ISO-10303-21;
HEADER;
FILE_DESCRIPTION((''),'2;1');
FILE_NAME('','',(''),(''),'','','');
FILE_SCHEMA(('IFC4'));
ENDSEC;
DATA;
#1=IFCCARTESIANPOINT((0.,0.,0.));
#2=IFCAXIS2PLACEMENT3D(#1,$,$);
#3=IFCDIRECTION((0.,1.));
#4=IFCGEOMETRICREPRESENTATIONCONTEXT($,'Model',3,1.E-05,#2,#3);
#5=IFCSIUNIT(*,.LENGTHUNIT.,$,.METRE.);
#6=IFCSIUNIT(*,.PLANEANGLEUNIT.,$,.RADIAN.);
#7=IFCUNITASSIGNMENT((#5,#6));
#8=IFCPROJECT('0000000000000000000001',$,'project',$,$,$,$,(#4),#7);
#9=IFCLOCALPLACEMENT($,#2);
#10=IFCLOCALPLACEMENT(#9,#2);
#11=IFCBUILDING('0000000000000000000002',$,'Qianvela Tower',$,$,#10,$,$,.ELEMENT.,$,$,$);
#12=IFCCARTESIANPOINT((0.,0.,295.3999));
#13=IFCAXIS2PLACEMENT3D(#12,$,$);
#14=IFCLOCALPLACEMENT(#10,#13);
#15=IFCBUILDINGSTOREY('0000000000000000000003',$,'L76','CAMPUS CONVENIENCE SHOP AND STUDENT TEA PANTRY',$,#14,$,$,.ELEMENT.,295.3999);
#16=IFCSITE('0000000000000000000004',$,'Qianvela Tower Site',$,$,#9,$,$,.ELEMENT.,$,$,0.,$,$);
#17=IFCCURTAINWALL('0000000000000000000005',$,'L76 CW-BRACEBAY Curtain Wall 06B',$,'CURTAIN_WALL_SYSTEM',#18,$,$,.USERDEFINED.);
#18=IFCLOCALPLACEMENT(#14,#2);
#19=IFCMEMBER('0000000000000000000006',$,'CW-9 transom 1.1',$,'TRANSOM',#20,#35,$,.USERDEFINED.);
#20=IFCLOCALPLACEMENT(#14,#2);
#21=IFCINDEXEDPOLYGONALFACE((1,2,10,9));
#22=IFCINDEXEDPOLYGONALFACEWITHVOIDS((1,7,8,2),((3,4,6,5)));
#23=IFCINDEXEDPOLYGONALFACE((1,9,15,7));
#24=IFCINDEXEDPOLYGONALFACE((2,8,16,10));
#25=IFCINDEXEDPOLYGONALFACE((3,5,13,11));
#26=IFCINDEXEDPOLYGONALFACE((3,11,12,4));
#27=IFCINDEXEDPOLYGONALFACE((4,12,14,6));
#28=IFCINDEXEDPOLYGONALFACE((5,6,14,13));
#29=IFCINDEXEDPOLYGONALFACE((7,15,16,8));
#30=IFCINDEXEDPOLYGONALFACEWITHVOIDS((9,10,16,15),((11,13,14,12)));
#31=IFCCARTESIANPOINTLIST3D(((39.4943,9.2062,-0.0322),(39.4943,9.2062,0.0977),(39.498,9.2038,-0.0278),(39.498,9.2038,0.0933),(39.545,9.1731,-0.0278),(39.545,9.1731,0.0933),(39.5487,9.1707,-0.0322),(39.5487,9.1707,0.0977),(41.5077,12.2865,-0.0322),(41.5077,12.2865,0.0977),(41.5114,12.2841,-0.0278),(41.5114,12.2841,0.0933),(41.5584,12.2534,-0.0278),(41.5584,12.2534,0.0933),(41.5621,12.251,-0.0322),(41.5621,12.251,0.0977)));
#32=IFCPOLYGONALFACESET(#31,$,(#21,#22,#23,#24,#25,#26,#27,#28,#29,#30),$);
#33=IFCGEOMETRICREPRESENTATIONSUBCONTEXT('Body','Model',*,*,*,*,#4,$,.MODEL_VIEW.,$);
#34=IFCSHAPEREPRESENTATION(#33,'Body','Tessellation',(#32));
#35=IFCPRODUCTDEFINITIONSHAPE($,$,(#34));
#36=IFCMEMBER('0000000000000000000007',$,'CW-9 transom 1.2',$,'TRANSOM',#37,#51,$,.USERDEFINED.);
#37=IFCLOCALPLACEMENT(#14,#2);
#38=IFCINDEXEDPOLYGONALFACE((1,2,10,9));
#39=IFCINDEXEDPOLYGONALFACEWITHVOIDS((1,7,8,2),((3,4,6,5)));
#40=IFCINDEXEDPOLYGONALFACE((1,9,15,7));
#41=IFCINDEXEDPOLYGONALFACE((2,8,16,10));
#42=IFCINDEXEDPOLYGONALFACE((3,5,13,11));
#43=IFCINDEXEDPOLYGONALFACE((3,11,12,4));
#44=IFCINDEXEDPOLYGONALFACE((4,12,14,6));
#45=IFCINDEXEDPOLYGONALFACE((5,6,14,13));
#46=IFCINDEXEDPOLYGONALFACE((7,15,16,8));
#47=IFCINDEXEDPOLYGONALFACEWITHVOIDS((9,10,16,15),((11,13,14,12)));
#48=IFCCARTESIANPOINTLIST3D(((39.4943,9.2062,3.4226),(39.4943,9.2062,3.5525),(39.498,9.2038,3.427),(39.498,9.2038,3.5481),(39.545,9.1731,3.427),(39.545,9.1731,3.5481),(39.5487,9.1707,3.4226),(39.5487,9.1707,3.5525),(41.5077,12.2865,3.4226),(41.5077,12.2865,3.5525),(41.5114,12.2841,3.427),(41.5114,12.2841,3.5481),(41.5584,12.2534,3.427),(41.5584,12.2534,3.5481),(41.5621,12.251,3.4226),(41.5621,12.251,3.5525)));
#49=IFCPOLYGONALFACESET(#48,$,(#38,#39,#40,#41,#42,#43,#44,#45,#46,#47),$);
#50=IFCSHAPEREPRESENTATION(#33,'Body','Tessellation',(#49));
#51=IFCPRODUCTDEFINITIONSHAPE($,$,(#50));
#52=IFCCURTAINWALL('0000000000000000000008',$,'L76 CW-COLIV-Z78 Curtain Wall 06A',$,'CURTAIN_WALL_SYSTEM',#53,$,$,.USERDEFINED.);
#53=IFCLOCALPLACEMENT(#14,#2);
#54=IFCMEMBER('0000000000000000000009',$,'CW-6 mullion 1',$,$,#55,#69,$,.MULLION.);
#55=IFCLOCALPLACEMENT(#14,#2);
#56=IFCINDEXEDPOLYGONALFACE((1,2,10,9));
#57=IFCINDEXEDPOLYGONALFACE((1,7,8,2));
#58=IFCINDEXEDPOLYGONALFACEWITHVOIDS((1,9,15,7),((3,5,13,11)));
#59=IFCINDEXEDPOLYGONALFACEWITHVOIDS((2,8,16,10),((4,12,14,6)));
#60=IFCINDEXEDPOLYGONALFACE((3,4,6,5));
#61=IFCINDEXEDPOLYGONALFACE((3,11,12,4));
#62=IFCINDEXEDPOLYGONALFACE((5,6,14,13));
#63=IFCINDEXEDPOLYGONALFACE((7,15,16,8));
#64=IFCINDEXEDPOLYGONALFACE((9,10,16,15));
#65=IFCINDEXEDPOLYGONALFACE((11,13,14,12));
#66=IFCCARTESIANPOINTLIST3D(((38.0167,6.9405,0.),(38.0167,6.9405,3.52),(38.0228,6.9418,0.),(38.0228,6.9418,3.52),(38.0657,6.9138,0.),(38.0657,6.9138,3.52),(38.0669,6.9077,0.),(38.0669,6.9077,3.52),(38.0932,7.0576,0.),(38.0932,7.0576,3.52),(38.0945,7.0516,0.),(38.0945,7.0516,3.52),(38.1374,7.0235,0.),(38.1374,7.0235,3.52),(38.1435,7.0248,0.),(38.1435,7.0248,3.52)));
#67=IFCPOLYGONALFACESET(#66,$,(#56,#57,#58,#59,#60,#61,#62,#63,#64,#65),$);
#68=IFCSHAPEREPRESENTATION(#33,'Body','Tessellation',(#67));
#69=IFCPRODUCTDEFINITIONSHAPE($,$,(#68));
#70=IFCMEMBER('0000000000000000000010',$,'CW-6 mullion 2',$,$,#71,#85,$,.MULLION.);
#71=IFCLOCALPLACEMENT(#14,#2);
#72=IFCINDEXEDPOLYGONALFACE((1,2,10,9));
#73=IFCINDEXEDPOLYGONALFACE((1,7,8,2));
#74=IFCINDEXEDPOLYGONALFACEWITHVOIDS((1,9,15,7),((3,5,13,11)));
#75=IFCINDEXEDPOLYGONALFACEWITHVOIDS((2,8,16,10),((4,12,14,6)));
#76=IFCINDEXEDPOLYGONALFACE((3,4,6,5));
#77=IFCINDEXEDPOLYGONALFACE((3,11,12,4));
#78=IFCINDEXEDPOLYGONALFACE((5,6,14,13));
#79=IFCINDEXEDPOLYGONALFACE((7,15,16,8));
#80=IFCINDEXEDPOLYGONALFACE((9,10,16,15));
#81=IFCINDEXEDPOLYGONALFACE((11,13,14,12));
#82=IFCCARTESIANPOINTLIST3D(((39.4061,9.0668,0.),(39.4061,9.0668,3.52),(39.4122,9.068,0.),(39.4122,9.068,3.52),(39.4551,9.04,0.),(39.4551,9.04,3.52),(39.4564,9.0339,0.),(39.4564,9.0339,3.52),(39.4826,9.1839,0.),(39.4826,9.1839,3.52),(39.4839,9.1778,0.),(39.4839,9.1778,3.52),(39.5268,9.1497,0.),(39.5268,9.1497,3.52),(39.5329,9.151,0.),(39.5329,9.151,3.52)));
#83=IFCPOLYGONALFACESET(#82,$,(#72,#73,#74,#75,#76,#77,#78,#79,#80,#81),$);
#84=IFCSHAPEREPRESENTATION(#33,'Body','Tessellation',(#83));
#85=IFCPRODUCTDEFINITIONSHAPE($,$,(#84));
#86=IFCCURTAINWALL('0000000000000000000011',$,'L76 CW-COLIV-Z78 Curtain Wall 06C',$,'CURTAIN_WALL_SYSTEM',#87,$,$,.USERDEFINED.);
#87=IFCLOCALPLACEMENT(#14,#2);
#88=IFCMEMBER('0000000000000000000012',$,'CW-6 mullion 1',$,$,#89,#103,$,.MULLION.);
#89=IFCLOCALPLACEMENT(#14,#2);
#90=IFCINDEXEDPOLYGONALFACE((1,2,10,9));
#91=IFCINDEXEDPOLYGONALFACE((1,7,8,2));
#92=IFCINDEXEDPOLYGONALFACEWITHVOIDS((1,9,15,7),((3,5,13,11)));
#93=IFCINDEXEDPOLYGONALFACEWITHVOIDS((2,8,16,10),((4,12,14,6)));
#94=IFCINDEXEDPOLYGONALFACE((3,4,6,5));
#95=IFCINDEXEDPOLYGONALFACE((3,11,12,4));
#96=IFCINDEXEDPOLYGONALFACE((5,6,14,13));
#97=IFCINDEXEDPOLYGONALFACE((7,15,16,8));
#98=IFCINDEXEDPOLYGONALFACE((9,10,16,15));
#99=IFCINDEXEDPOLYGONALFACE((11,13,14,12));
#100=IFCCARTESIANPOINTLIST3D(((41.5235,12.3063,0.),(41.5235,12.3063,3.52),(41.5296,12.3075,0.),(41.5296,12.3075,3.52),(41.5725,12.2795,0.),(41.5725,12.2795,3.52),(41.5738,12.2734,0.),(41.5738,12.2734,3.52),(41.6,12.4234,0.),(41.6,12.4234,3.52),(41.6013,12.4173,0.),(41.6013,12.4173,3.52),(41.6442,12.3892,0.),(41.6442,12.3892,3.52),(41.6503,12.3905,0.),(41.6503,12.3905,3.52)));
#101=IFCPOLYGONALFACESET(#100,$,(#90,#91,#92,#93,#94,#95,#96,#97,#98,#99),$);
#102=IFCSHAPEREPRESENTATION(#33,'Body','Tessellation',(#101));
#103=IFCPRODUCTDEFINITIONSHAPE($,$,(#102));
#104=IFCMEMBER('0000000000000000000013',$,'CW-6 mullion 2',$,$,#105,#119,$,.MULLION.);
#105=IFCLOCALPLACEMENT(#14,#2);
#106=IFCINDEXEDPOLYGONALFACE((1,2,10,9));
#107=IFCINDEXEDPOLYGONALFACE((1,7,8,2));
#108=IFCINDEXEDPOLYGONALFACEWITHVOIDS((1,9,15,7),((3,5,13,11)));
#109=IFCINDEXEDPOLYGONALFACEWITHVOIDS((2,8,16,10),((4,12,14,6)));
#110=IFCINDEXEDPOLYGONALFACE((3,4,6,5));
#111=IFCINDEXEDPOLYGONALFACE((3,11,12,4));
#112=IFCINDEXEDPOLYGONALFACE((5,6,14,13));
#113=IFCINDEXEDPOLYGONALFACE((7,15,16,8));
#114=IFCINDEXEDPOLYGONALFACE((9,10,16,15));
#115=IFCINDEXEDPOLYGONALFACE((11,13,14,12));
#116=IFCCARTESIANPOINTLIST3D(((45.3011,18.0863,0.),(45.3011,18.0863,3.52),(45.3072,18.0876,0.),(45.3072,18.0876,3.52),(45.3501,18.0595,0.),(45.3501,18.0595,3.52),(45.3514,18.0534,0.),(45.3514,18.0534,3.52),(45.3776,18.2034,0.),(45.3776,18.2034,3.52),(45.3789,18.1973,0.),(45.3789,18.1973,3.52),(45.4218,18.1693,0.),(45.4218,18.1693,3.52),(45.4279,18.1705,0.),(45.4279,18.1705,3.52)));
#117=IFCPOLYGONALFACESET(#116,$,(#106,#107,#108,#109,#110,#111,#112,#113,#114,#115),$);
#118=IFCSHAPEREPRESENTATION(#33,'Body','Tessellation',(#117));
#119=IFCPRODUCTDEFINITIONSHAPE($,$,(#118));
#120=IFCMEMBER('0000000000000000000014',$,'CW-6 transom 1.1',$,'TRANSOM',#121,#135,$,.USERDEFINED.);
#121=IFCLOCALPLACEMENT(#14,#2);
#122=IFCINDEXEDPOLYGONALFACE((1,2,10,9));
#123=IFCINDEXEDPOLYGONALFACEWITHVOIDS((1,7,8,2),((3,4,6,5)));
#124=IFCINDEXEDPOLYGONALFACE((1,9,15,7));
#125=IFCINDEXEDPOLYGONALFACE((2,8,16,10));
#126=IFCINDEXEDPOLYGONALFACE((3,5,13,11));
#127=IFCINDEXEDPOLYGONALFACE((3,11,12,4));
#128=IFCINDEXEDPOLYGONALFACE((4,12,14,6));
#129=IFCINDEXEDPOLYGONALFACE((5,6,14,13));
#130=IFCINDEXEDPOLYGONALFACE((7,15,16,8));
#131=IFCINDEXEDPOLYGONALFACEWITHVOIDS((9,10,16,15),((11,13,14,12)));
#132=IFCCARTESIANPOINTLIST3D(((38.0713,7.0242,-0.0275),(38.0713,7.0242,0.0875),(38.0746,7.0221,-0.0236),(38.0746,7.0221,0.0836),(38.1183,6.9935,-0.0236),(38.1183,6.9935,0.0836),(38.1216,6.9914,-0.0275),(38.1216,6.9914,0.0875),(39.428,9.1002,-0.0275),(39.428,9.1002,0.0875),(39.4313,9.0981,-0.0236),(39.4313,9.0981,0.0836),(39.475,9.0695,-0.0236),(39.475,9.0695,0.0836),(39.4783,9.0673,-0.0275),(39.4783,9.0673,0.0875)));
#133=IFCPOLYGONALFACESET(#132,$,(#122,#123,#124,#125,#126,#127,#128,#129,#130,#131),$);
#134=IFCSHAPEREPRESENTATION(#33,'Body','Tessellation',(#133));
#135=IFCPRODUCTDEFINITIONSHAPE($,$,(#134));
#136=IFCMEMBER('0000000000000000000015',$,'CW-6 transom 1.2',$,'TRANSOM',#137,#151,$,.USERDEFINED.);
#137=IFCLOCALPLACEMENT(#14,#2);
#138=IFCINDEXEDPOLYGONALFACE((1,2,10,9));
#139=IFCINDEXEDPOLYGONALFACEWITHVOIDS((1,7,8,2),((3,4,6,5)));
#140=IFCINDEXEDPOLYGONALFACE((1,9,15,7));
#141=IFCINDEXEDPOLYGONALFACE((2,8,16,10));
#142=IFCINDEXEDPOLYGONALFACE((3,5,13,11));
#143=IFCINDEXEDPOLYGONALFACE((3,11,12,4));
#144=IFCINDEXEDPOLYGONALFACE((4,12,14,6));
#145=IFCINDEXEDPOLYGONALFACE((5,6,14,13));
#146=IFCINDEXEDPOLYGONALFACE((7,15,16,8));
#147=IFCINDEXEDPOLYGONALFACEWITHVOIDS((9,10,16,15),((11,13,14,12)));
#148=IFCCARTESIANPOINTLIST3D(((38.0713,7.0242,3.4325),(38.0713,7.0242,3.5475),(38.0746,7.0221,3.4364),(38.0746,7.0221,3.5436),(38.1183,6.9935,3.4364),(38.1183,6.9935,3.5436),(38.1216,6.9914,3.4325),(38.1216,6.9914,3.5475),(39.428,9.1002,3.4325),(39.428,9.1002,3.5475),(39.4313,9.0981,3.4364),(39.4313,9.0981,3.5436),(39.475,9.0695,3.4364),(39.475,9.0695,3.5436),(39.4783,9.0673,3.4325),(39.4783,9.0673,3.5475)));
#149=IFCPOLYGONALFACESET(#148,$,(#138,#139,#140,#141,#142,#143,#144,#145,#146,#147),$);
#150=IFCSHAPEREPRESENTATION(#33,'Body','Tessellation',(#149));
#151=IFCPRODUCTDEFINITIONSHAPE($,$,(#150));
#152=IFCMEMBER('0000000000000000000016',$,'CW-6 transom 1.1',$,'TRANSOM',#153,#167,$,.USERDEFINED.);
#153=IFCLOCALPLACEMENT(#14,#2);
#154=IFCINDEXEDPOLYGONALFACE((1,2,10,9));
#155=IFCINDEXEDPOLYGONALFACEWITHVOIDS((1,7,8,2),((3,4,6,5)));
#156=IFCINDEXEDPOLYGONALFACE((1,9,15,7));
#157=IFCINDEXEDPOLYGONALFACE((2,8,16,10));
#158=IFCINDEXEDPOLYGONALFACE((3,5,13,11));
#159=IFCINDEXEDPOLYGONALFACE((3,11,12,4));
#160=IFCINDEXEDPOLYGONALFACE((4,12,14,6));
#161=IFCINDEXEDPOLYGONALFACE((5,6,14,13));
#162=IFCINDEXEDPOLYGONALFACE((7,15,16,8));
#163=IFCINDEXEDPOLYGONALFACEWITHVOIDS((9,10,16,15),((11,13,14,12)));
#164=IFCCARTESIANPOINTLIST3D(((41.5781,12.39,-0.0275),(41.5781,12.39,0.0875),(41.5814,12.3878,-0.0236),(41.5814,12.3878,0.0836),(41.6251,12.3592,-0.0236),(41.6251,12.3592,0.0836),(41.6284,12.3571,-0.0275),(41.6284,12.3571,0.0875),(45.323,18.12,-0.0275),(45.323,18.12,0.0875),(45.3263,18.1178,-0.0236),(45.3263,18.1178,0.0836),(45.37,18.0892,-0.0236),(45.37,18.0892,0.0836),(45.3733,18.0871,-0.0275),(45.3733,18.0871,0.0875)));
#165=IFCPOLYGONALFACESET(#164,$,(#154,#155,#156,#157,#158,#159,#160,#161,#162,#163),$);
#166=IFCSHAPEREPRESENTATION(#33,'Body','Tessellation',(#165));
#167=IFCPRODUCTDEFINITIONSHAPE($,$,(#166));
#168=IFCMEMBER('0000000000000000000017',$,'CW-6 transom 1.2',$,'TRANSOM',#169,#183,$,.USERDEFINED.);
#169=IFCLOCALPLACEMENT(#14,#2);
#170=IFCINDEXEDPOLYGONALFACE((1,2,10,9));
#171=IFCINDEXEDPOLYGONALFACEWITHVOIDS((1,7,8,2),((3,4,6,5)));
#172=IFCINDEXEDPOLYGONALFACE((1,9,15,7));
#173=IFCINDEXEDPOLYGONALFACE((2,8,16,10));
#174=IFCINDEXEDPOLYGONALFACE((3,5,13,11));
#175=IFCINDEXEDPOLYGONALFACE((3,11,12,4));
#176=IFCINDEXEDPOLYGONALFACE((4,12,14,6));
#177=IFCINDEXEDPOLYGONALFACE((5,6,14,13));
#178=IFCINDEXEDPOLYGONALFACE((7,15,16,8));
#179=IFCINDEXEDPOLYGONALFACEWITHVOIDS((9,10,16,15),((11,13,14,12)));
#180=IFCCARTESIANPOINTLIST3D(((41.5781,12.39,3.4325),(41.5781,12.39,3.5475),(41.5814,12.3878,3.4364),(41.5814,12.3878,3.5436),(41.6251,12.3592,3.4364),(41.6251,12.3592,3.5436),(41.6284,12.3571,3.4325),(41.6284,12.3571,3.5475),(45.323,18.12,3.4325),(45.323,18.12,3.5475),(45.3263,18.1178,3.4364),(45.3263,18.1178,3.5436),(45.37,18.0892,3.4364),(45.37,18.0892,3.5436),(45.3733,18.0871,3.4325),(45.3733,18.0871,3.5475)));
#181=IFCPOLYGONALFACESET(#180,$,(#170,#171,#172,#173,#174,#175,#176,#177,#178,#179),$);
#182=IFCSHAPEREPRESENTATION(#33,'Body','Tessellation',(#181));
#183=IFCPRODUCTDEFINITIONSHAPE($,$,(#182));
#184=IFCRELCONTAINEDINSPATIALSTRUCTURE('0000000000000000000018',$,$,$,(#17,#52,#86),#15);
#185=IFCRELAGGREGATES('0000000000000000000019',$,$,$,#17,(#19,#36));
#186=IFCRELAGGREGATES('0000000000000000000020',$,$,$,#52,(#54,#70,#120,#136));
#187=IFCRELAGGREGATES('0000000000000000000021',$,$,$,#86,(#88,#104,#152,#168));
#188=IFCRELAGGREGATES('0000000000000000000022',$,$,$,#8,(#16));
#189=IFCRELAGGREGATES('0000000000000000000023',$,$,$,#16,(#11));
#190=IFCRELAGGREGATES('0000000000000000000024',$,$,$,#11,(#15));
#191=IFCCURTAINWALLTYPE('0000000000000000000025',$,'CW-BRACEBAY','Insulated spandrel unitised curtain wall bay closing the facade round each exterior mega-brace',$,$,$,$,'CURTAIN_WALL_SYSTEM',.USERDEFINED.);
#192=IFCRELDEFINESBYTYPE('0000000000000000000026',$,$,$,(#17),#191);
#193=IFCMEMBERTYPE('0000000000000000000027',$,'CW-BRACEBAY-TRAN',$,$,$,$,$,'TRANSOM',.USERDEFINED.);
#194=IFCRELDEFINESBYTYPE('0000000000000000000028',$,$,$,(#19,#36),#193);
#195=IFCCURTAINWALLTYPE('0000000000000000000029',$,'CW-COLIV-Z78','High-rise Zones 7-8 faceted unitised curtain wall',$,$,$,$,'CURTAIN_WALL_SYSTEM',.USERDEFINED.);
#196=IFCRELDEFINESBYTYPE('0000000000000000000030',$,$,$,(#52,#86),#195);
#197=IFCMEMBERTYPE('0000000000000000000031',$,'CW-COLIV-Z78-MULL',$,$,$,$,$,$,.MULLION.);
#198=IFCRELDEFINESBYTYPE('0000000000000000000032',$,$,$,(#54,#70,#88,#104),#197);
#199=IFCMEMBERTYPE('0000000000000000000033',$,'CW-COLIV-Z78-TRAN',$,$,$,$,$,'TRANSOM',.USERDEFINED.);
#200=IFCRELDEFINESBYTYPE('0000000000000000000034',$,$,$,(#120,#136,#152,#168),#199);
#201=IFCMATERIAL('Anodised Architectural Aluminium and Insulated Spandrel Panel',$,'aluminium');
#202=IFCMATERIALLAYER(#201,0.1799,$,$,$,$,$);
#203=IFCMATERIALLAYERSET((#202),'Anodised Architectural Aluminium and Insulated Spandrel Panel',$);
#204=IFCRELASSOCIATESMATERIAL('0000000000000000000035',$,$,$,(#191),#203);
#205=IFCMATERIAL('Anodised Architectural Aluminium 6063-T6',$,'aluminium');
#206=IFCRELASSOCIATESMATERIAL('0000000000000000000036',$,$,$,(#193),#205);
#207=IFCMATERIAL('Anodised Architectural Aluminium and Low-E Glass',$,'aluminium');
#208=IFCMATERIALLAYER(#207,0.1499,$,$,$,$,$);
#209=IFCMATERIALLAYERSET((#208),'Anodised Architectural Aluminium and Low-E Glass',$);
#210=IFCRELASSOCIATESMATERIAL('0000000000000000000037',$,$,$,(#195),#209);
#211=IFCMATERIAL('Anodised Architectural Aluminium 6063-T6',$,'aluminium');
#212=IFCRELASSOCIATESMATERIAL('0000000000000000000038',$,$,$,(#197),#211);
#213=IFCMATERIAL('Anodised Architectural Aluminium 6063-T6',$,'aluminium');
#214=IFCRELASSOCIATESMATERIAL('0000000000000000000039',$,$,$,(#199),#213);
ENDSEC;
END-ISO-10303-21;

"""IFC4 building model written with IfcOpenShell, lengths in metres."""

from ifc_helpers import new_model, si_unit, direction, frame, origin, origin_2d, place, context, subcontext, project, spatial, hollow_rectangle, extrude, material, layer, layer_set, material_profile, profile_set, type_object, element, aggregate, save


model = new_model("IFC4")

# Units and contexts
model_context = context("Model", 3, precision=1e-05, world=origin(), true_north=direction((0.0, 1.0)))
body_context = subcontext(model_context, "Body", "Model", "MODEL_VIEW")
ifc_project = project(units=[si_unit("LENGTHUNIT", "METRE"), si_unit("PLANEANGLEUNIT", "RADIAN")], contexts=[model_context])

# Site, building, storey
site_placement = place(None, origin())
site = spatial("IfcSite", under=ifc_project, at=site_placement, Name="Qianvela Tower Site", CompositionType="ELEMENT", RefElevation=0.0)
building_placement = place(site_placement, origin())
building = spatial("IfcBuilding", under=site, at=building_placement, Name="Qianvela Tower", CompositionType="ELEMENT")
storey_placement = place(building_placement, frame((0.0, 0.0, 295.3999)))
storey = spatial("IfcBuildingStorey", under=building, at=storey_placement, Name="L76", Description="CAMPUS CONVENIENCE SHOP AND STUDENT TEA PANTRY", CompositionType="ELEMENT", Elevation=295.3999)

# Curtain walls, members
ifc_material_1 = material(Name="Anodised Architectural Aluminium and Insulated Spandrel Panel", Category="aluminium")
ifc_layer_1 = layer(ifc_material_1, 0.1799)
ifc_layer_set_1 = layer_set([ifc_layer_1], Name="Anodised Architectural Aluminium and Insulated Spandrel Panel")
curtain_wall_type_1 = type_object("IfcCurtainWallType", Name="CW-BRACEBAY", Description="Insulated spandrel unitised curtain wall bay closing the facade round each exterior mega-brace", ElementType="CURTAIN_WALL_SYSTEM", PredefinedType="USERDEFINED", material=ifc_layer_set_1)
curtain_wall_1_placement = place(storey_placement, origin())
curtain_wall_1 = element("IfcCurtainWall", 1, at=curtain_wall_1_placement, inside=storey, type_object=curtain_wall_type_1, Name="L76 CW-BRACEBAY Curtain Wall 06B", ObjectType="CURTAIN_WALL_SYSTEM", PredefinedType="USERDEFINED")
ifc_material_2 = material(Name="Anodised Architectural Aluminium 6063-T6", Category="aluminium")
ifc_material_profile_1 = material_profile(ifc_material_2, hollow_rectangle(XDim=0.0649, YDim=0.1299, WallThickness=0.0044, at=origin_2d()), Name="ALU-TRAN-65x130")
ifc_profile_set_1 = profile_set([ifc_material_profile_1], Name="Anodised Architectural Aluminium 6063-T6")
member_type_1 = type_object("IfcMemberType", Name="CW-BRACEBAY-TRAN", ElementType="TRANSOM", PredefinedType="USERDEFINED", material=ifc_profile_set_1)
member_1_placement = place(storey_placement, frame((39.5215, 9.1885, 0.0327), z_axis=(0.54713, 0.837048, 0.0), x_axis=(-0.837048, 0.54713, 0.0)))
member_1 = element("IfcMember", 2, at=member_1_placement, type_object=member_type_1, Name="CW-9 transom 1.1", ObjectType="TRANSOM", PredefinedType="USERDEFINED", context=body_context, shape_type="SweptSolid", body=[
    extrude(hollow_rectangle(XDim=0.0649, YDim=0.1299, WallThickness=0.0044, at=origin_2d()), origin(), (0.0, 0.0, 1.0), 3.6799),
])
member_2_placement = place(storey_placement, frame((39.5215, 9.1885, 3.4875), z_axis=(0.54713, 0.837048, 0.0), x_axis=(-0.837048, 0.54713, 0.0)))
member_2 = element("IfcMember", 3, at=member_2_placement, type_object=member_type_1, Name="CW-9 transom 1.2", ObjectType="TRANSOM", PredefinedType="USERDEFINED", context=body_context, shape_type="SweptSolid", body=[
    extrude(hollow_rectangle(XDim=0.0649, YDim=0.1299, WallThickness=0.0044, at=origin_2d()), origin(), (0.0, 0.0, 1.0), 3.6799),
])
ifc_material_3 = material(Name="Anodised Architectural Aluminium and Low-E Glass", Category="aluminium")
ifc_layer_2 = layer(ifc_material_3, 0.1499)
ifc_layer_set_2 = layer_set([ifc_layer_2], Name="Anodised Architectural Aluminium and Low-E Glass")
curtain_wall_type_2 = type_object("IfcCurtainWallType", Name="CW-COLIV-Z78", Description="High-rise Zones 7-8 faceted unitised curtain wall", ElementType="CURTAIN_WALL_SYSTEM", PredefinedType="USERDEFINED", material=ifc_layer_set_2)
curtain_wall_2_placement = place(storey_placement, origin())
curtain_wall_2 = element("IfcCurtainWall", 4, at=curtain_wall_2_placement, inside=storey, type_object=curtain_wall_type_2, Name="L76 CW-COLIV-Z78 Curtain Wall 06A", ObjectType="CURTAIN_WALL_SYSTEM", PredefinedType="USERDEFINED")
ifc_material_4 = material(Name="Anodised Architectural Aluminium 6063-T6", Category="aluminium")
ifc_material_profile_2 = material_profile(ifc_material_4, hollow_rectangle(XDim=0.0601, YDim=0.1399, WallThickness=0.0044, at=origin_2d()), Name="ALU-MULL-60x140")
ifc_profile_set_2 = profile_set([ifc_material_profile_2], Name="Anodised Architectural Aluminium 6063-T6")
member_type_2 = type_object("IfcMemberType", Name="CW-COLIV-Z78-MULL", PredefinedType="MULLION", material=ifc_profile_set_2)
member_3_placement = place(storey_placement, frame((38.0801, 6.9827, 0.0), z_axis=(0.0, 0.0, 1.0), x_axis=(-0.837081, 0.547079, 0.0)))
member_3 = element("IfcMember", 5, at=member_3_placement, type_object=member_type_2, Name="CW-6 mullion 1", PredefinedType="MULLION", context=body_context, shape_type="SweptSolid", body=[
    extrude(hollow_rectangle(XDim=0.0601, YDim=0.1399, WallThickness=0.0044, at=origin_2d()), origin(), (0.0, 0.0, 1.0), 3.52),
])
member_4_placement = place(storey_placement, frame((39.4695, 9.1089, 0.0), z_axis=(0.0, 0.0, 1.0), x_axis=(-0.837081, 0.547079, 0.0)))
member_4 = element("IfcMember", 6, at=member_4_placement, type_object=member_type_2, Name="CW-6 mullion 2", PredefinedType="MULLION", context=body_context, shape_type="SweptSolid", body=[
    extrude(hollow_rectangle(XDim=0.0601, YDim=0.1399, WallThickness=0.0044, at=origin_2d()), origin(), (0.0, 0.0, 1.0), 3.52),
])
curtain_wall_3_placement = place(storey_placement, origin())
curtain_wall_3 = element("IfcCurtainWall", 7, at=curtain_wall_3_placement, inside=storey, type_object=curtain_wall_type_2, Name="L76 CW-COLIV-Z78 Curtain Wall 06C", ObjectType="CURTAIN_WALL_SYSTEM", PredefinedType="USERDEFINED")
member_5_placement = place(storey_placement, frame((41.5869, 12.3484, 0.0), z_axis=(0.0, 0.0, 1.0), x_axis=(-0.83708, 0.547081, 0.0)))
member_5 = element("IfcMember", 8, at=member_5_placement, type_object=member_type_2, Name="CW-6 mullion 1", PredefinedType="MULLION", context=body_context, shape_type="SweptSolid", body=[
    extrude(hollow_rectangle(XDim=0.0601, YDim=0.1399, WallThickness=0.0044, at=origin_2d()), origin(), (0.0, 0.0, 1.0), 3.52),
])
member_6_placement = place(storey_placement, frame((45.3645, 18.1284, 0.0), z_axis=(0.0, 0.0, 1.0), x_axis=(-0.83708, 0.547081, 0.0)))
member_6 = element("IfcMember", 9, at=member_6_placement, type_object=member_type_2, Name="CW-6 mullion 2", PredefinedType="MULLION", context=body_context, shape_type="SweptSolid", body=[
    extrude(hollow_rectangle(XDim=0.0601, YDim=0.1399, WallThickness=0.0044, at=origin_2d()), origin(), (0.0, 0.0, 1.0), 3.52),
])

# Members
ifc_material_5 = material(Name="Anodised Architectural Aluminium 6063-T6", Category="aluminium")
ifc_material_profile_3 = material_profile(ifc_material_5, hollow_rectangle(XDim=0.0601, YDim=0.115, WallThickness=0.0039, at=origin_2d()), Name="ALU-TRAN-60x115")
ifc_profile_set_3 = profile_set([ifc_material_profile_3], Name="Anodised Architectural Aluminium 6063-T6")
member_type_3 = type_object("IfcMemberType", Name="CW-COLIV-Z78-TRAN", ElementType="TRANSOM", PredefinedType="USERDEFINED", material=ifc_profile_set_3)
member_7_placement = place(storey_placement, frame((38.0964, 7.0078, 0.03), z_axis=(0.547066, 0.837089, 0.0), x_axis=(-0.837089, 0.547066, 0.0)))
member_7 = element("IfcMember", 10, at=member_7_placement, type_object=member_type_3, Name="CW-6 transom 1.1", ObjectType="TRANSOM", PredefinedType="USERDEFINED", context=body_context, shape_type="SweptSolid", body=[
    extrude(hollow_rectangle(XDim=0.0601, YDim=0.115, WallThickness=0.0039, at=origin_2d()), origin(), (0.0, 0.0, 1.0), 2.48),
])
member_8_placement = place(storey_placement, frame((38.0964, 7.0078, 3.49), z_axis=(0.547066, 0.837089, 0.0), x_axis=(-0.837089, 0.547066, 0.0)))
member_8 = element("IfcMember", 11, at=member_8_placement, type_object=member_type_3, Name="CW-6 transom 1.2", ObjectType="TRANSOM", PredefinedType="USERDEFINED", context=body_context, shape_type="SweptSolid", body=[
    extrude(hollow_rectangle(XDim=0.0601, YDim=0.115, WallThickness=0.0039, at=origin_2d()), origin(), (0.0, 0.0, 1.0), 2.48),
])
member_9_placement = place(storey_placement, frame((41.6033, 12.3735, 0.03), z_axis=(0.54708, 0.83708, 0.0), x_axis=(-0.83708, 0.54708, 0.0)))
member_9 = element("IfcMember", 12, at=member_9_placement, type_object=member_type_3, Name="CW-6 transom 1.1", ObjectType="TRANSOM", PredefinedType="USERDEFINED", context=body_context, shape_type="SweptSolid", body=[
    extrude(hollow_rectangle(XDim=0.0601, YDim=0.115, WallThickness=0.0039, at=origin_2d()), origin(), (0.0, 0.0, 1.0), 6.8452),
])
member_10_placement = place(storey_placement, frame((41.6033, 12.3735, 3.49), z_axis=(0.54708, 0.83708, 0.0), x_axis=(-0.83708, 0.54708, 0.0)))
member_10 = element("IfcMember", 13, at=member_10_placement, type_object=member_type_3, Name="CW-6 transom 1.2", ObjectType="TRANSOM", PredefinedType="USERDEFINED", context=body_context, shape_type="SweptSolid", body=[
    extrude(hollow_rectangle(XDim=0.0601, YDim=0.115, WallThickness=0.0039, at=origin_2d()), origin(), (0.0, 0.0, 1.0), 6.8452),
])

aggregate(curtain_wall_1, [member_1, member_2])
aggregate(curtain_wall_2, [member_3, member_4, member_7, member_8])
aggregate(curtain_wall_3, [member_5, member_6, member_9, member_10])

save(model, "model.ifc")
